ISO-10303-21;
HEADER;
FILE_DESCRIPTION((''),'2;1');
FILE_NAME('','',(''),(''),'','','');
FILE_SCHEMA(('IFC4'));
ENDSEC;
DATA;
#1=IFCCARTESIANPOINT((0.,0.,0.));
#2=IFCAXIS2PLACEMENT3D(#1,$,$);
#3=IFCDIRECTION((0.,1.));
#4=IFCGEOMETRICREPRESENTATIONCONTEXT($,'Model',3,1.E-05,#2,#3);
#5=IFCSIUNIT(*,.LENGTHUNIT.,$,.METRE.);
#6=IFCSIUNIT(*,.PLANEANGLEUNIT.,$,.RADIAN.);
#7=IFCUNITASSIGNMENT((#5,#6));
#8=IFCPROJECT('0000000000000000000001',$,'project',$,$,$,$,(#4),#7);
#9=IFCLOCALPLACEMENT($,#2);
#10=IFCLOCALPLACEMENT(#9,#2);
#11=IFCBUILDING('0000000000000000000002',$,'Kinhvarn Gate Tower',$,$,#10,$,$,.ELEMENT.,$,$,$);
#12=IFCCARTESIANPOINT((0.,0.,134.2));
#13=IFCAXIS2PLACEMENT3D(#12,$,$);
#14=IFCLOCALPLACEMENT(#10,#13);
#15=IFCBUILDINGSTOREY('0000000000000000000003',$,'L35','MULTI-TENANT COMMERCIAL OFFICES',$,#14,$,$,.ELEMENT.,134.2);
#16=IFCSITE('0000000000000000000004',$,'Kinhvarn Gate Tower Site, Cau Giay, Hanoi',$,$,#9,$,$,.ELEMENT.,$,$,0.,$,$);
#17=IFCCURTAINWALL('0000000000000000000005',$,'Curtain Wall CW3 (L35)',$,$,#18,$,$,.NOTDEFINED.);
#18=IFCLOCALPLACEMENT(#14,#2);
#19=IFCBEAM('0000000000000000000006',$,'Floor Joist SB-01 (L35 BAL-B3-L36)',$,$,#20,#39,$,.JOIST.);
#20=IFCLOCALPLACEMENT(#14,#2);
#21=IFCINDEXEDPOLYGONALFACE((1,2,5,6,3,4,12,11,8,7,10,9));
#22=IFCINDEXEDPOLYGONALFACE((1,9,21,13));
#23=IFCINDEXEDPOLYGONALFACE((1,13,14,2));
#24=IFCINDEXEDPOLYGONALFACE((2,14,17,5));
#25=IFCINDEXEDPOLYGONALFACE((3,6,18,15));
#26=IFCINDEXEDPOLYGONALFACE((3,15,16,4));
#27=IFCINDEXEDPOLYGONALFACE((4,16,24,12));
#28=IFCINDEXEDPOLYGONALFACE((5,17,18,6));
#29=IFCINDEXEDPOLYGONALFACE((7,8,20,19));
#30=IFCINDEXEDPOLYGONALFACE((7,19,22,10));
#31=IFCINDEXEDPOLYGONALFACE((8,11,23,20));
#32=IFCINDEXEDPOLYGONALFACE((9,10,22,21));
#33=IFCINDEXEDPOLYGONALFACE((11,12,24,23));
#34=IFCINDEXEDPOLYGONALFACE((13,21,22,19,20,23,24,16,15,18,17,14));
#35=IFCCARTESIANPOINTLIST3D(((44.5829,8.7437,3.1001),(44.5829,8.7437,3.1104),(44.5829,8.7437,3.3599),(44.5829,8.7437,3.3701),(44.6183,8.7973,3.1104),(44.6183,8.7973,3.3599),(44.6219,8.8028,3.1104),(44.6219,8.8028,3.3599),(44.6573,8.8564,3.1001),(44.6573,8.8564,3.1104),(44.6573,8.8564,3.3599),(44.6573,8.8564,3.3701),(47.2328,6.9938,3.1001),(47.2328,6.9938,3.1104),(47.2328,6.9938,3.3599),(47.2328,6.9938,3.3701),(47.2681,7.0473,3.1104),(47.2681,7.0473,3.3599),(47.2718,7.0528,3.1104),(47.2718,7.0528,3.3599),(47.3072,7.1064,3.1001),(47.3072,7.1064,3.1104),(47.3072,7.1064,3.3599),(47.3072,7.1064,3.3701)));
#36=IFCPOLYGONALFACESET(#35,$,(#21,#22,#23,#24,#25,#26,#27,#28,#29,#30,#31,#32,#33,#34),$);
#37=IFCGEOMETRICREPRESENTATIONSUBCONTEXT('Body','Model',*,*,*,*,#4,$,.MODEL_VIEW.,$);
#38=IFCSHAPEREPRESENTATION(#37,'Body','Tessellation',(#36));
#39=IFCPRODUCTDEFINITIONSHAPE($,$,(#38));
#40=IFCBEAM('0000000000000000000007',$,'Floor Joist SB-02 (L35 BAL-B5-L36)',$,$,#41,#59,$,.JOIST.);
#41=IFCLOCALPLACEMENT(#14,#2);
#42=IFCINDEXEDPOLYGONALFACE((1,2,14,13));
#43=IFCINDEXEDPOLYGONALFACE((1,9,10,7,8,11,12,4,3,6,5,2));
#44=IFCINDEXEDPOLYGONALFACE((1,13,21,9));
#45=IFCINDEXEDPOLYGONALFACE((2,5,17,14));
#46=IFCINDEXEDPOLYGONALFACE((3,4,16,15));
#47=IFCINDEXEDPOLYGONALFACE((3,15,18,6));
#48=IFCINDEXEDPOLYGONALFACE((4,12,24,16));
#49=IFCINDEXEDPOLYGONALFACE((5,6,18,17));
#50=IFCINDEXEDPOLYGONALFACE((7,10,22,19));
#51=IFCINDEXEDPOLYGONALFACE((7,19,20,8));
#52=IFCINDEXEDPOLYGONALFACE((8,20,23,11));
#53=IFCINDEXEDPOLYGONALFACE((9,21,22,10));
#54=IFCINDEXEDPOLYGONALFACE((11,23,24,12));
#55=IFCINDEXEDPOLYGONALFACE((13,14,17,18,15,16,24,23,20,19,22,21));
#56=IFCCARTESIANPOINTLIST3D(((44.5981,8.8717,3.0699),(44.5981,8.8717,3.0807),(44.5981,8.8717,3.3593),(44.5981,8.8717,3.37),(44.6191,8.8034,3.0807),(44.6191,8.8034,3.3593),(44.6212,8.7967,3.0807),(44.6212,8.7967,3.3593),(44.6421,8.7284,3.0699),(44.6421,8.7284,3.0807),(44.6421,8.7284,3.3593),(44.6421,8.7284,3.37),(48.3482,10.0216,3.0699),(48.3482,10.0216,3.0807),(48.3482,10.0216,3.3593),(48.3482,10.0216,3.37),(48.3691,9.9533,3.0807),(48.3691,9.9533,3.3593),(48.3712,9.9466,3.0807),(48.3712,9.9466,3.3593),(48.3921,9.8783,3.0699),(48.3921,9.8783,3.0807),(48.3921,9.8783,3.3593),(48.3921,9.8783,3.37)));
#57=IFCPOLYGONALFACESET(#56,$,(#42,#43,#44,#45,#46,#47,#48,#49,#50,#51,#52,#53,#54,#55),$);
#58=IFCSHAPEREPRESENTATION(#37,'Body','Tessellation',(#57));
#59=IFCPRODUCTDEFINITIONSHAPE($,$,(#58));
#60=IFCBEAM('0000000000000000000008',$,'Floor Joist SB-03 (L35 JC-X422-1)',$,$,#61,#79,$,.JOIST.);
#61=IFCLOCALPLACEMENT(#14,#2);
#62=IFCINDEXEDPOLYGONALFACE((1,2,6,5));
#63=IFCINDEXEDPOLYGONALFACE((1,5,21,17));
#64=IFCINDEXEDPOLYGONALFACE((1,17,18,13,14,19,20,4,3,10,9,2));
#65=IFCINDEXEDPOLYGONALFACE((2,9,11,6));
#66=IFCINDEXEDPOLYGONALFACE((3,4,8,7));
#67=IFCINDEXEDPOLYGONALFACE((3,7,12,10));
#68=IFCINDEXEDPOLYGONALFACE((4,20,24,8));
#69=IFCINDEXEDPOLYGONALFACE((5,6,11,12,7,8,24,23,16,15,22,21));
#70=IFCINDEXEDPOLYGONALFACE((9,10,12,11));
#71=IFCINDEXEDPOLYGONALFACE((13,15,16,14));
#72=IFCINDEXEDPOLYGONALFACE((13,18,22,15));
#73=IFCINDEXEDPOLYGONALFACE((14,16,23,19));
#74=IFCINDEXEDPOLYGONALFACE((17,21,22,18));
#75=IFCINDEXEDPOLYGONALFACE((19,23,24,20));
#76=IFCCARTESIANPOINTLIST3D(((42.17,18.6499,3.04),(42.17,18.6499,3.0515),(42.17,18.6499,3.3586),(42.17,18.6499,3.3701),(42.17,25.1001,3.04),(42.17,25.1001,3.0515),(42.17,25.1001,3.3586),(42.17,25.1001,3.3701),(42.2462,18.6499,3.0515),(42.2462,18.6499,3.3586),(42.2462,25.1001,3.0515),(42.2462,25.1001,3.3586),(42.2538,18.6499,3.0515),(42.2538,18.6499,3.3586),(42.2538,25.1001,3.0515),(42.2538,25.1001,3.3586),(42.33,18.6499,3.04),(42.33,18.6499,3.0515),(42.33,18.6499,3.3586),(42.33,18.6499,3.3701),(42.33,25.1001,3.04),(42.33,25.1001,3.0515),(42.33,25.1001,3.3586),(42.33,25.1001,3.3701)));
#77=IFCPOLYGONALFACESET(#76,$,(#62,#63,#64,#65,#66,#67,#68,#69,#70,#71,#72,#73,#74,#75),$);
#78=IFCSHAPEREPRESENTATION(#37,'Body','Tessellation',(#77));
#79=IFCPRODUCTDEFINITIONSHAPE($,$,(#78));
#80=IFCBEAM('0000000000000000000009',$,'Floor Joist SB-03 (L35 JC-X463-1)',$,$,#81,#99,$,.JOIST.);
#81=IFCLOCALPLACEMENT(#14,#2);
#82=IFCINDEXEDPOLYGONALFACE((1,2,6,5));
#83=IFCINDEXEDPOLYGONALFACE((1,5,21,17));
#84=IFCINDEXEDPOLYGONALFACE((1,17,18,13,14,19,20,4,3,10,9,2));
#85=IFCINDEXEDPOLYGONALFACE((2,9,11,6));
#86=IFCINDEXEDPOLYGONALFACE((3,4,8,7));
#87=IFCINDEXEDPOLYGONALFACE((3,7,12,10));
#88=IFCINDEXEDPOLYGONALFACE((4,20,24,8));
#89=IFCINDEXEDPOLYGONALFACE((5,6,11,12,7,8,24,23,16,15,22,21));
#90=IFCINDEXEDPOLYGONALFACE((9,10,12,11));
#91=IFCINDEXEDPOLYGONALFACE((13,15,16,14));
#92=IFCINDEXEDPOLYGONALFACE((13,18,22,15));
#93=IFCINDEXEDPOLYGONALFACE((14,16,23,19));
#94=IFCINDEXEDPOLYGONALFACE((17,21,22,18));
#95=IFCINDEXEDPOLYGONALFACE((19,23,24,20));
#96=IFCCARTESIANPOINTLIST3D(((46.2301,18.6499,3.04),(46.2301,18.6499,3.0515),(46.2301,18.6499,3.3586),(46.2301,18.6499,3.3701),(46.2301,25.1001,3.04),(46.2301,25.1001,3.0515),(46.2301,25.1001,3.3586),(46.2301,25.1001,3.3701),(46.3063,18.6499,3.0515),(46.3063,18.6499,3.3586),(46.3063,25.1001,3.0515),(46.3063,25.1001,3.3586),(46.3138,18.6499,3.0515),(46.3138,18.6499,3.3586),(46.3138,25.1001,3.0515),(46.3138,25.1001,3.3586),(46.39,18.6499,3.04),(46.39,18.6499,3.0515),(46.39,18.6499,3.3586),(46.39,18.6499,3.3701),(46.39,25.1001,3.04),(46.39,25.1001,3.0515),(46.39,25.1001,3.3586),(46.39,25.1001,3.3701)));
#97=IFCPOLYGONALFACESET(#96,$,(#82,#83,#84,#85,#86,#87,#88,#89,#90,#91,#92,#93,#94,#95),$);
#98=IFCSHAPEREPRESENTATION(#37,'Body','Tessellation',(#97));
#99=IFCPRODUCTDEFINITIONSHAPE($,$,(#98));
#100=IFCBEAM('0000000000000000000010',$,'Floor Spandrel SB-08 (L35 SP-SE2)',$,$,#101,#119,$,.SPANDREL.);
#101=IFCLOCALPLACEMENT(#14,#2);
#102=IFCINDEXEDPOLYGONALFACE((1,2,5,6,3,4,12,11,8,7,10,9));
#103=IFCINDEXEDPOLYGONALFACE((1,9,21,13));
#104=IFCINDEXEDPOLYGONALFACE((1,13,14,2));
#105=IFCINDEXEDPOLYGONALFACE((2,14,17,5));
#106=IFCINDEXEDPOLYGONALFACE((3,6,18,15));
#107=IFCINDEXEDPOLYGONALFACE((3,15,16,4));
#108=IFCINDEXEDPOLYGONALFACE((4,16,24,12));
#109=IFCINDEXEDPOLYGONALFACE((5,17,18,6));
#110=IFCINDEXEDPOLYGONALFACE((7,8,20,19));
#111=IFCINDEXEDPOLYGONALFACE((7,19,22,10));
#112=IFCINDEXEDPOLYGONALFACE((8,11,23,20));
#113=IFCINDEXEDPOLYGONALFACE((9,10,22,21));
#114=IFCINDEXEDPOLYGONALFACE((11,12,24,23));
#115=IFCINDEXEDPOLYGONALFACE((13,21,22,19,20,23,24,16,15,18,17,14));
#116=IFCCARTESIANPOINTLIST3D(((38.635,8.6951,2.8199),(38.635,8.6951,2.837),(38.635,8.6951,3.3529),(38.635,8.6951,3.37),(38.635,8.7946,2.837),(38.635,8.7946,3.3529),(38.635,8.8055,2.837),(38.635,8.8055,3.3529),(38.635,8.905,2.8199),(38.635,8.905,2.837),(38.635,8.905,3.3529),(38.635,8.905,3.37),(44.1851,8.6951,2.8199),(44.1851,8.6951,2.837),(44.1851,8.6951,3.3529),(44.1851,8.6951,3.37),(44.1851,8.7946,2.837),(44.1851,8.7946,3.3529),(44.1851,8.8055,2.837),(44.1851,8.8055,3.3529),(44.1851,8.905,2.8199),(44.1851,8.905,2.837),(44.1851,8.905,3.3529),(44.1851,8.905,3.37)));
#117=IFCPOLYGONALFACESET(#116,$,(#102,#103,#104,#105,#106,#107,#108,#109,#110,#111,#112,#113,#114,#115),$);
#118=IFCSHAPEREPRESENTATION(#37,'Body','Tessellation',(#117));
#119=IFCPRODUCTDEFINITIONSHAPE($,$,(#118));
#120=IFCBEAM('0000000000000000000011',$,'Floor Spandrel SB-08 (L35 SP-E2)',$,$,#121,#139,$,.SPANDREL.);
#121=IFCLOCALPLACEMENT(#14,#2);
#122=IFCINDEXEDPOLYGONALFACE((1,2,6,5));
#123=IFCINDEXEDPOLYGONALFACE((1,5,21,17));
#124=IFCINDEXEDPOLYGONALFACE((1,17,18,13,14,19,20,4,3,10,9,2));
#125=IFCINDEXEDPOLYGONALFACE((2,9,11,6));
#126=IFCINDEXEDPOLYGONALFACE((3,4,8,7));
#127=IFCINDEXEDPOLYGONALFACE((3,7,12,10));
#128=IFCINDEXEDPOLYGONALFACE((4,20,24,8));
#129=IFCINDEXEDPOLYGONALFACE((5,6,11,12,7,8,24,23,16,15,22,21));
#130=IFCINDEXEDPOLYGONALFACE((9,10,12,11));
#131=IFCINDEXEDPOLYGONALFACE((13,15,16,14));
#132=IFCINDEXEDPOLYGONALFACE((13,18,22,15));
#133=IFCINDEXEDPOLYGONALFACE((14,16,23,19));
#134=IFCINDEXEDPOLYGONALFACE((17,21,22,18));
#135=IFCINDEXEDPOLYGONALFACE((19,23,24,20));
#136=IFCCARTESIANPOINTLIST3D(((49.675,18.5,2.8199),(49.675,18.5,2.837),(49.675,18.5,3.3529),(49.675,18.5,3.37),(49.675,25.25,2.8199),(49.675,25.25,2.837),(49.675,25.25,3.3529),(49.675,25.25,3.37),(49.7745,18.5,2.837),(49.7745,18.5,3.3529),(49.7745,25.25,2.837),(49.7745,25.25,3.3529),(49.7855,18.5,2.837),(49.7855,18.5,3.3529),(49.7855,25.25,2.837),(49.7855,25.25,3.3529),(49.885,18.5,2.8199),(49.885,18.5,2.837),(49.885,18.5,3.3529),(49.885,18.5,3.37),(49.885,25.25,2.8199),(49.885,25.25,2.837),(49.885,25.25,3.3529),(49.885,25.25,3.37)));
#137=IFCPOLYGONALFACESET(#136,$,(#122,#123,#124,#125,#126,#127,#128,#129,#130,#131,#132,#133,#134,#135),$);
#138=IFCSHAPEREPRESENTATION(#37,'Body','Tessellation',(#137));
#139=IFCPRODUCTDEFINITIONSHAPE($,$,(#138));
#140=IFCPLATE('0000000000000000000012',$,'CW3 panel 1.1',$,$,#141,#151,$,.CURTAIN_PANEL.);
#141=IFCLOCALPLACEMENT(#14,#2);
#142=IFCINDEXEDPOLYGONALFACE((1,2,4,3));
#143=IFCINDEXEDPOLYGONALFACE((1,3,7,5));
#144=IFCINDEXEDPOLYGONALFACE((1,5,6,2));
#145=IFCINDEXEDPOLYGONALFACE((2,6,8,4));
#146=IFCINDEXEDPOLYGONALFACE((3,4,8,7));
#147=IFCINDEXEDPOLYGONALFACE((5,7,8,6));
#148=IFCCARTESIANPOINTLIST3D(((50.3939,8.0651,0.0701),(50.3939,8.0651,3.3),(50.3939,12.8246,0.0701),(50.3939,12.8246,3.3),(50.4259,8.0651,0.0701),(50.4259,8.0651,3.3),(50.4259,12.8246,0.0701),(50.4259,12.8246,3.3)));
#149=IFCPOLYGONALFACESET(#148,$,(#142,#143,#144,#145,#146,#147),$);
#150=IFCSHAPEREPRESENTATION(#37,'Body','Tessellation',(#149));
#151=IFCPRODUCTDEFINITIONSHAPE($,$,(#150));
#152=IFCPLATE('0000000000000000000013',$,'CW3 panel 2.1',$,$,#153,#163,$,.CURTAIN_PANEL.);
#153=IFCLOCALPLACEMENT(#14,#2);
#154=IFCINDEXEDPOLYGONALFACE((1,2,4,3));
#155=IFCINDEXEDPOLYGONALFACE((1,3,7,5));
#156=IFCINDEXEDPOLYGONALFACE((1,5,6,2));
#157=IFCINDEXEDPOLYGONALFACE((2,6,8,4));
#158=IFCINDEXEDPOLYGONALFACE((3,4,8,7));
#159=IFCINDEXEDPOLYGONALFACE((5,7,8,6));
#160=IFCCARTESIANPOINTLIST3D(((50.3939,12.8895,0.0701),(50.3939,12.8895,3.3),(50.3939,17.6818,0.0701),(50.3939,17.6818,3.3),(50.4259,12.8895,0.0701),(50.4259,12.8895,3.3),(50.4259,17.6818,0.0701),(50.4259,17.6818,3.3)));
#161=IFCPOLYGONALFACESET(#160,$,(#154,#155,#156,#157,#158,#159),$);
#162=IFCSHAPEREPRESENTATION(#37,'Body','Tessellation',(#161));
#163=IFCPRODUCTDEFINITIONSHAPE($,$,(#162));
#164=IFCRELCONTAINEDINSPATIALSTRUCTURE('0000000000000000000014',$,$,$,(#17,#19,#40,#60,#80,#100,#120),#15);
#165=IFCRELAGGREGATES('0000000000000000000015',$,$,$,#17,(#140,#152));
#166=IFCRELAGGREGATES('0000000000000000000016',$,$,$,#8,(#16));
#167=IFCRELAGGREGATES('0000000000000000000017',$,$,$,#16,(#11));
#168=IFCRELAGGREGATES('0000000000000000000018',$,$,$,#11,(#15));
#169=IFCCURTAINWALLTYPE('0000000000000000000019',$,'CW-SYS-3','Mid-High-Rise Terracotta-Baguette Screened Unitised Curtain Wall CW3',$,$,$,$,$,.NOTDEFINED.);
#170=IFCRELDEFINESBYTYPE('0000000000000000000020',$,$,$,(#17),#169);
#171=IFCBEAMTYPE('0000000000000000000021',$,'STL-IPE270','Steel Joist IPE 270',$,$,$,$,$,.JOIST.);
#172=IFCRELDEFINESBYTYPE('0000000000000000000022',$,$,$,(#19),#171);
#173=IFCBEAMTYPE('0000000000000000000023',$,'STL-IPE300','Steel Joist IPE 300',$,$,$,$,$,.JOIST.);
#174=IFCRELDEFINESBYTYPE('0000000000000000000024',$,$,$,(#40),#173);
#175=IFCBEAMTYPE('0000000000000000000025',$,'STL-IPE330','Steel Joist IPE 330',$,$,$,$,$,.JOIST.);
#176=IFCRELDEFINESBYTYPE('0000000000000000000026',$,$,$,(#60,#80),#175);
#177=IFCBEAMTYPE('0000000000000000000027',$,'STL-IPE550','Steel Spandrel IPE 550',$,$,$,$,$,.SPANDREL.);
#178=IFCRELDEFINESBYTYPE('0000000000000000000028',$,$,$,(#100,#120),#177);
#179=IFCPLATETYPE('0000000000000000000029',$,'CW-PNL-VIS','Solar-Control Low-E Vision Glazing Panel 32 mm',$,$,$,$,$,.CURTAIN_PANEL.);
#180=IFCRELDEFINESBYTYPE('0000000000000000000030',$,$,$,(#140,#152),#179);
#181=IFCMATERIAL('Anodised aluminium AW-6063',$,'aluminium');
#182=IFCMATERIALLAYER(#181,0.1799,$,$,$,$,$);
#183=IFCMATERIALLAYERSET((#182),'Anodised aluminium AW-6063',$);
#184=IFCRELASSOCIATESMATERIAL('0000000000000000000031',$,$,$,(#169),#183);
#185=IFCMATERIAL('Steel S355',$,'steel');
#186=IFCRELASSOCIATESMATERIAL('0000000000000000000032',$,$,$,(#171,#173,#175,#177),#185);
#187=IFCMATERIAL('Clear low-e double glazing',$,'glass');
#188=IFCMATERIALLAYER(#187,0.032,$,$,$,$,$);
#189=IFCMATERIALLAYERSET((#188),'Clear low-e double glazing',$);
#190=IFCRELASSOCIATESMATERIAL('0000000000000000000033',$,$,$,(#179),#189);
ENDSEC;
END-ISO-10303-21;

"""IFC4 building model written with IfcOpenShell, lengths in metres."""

from ifc_helpers import new_model, si_unit, direction, frame, origin, origin_2d, place, context, subcontext, project, spatial, rectangle, i_section, extrude, material, layer, layer_set, material_profile, profile_set, type_object, element, aggregate, save


model = new_model("IFC4")

# Units and contexts
model_context = context("Model", 3, precision=1e-05, world=origin(), true_north=direction((0.0, 1.0)))
body_context = subcontext(model_context, "Body", "Model", "MODEL_VIEW")
ifc_project = project(units=[si_unit("LENGTHUNIT", "METRE"), si_unit("PLANEANGLEUNIT", "RADIAN")], contexts=[model_context])

# Site, building, storey
site_placement = place(None, origin())
site = spatial("IfcSite", under=ifc_project, at=site_placement, Name="Kinhvarn Gate Tower Site, Cau Giay, Hanoi", CompositionType="ELEMENT", RefElevation=0.0)
building_placement = place(site_placement, origin())
building = spatial("IfcBuilding", under=site, at=building_placement, Name="Kinhvarn Gate Tower", CompositionType="ELEMENT")
storey_placement = place(building_placement, frame((0.0, 0.0, 134.2)))
storey = spatial("IfcBuildingStorey", under=building, at=storey_placement, Name="L35", Description="MULTI-TENANT COMMERCIAL OFFICES", CompositionType="ELEMENT", Elevation=134.2)

# Curtain wall
ifc_material_1 = material(Name="Anodised aluminium AW-6063", Category="aluminium")
ifc_layer_1 = layer(ifc_material_1, 0.1799)
ifc_layer_set_1 = layer_set([ifc_layer_1], Name="Anodised aluminium AW-6063")
curtain_wall_type = type_object("IfcCurtainWallType", Name="CW-SYS-3", Description="Mid-High-Rise Terracotta-Baguette Screened Unitised Curtain Wall CW3", PredefinedType="NOTDEFINED", material=ifc_layer_set_1)
curtain_wall_placement = place(storey_placement, origin())
curtain_wall = element("IfcCurtainWall", 1, at=curtain_wall_placement, inside=storey, type_object=curtain_wall_type, Name="Curtain Wall CW3 (L35)", PredefinedType="NOTDEFINED")

# Beams
ifc_material_2 = material(Name="Steel S355", Category="steel")
ifc_material_profile_1 = material_profile(ifc_material_2, i_section(OverallWidth=0.135, OverallDepth=0.27, WebThickness=0.0066, FlangeThickness=0.0103, at=origin_2d()), Name="IPE 270")
ifc_profile_set_1 = profile_set([ifc_material_profile_1], Name="Steel S355")
beam_type_1 = type_object("IfcBeamType", Name="STL-IPE270", Description="Steel Joist IPE 270", PredefinedType="JOIST", material=ifc_profile_set_1)
beam_1_placement = place(storey_placement, frame((44.6201, 8.8, 3.2351), z_axis=(0.834455, -0.551076, 0.0), x_axis=(0.551076, 0.834455, 0.0)))
element("IfcBeam", 2, at=beam_1_placement, inside=storey, type_object=beam_type_1, Name="Floor Joist SB-01 (L35 BAL-B3-L36)", PredefinedType="JOIST", context=body_context, shape_type="SweptSolid", body=[
    extrude(i_section(OverallWidth=0.135, OverallDepth=0.27, WebThickness=0.0066, FlangeThickness=0.0103, at=origin_2d()), origin(), (0.0, 0.0, 1.0), 3.1755),
])
ifc_material_profile_2 = material_profile(ifc_material_2, i_section(OverallWidth=0.1499, OverallDepth=0.3, WebThickness=0.0071, FlangeThickness=0.0107, at=origin_2d()), Name="IPE 300")
ifc_profile_set_2 = profile_set([ifc_material_profile_2], Name="Steel S355")
beam_type_2 = type_object("IfcBeamType", Name="STL-IPE300", Description="Steel Joist IPE 300", PredefinedType="JOIST", material=ifc_profile_set_2)
beam_2_placement = place(storey_placement, frame((44.6201, 8.8, 3.22), z_axis=(0.956061, 0.293167, 0.0), x_axis=(-0.293167, 0.956061, 0.0)))
element("IfcBeam", 3, at=beam_2_placement, inside=storey, type_object=beam_type_2, Name="Floor Joist SB-02 (L35 BAL-B5-L36)", PredefinedType="JOIST", context=body_context, shape_type="SweptSolid", body=[
    extrude(i_section(OverallWidth=0.1499, OverallDepth=0.3, WebThickness=0.0071, FlangeThickness=0.0107, at=origin_2d()), origin(), (0.0, 0.0, 1.0), 3.9224),
])
ifc_material_profile_3 = material_profile(ifc_material_2, i_section(OverallWidth=0.1599, OverallDepth=0.3301, WebThickness=0.0076, FlangeThickness=0.0115, at=origin_2d()), Name="IPE 330")
ifc_profile_set_3 = profile_set([ifc_material_profile_3], Name="Steel S355")
beam_type_3 = type_object("IfcBeamType", Name="STL-IPE330", Description="Steel Joist IPE 330", PredefinedType="JOIST", material=ifc_profile_set_3)
for number, where, z_axis, x_axis, name in (
    (4, (42.25, 18.6499, 3.2051), (0.0, 1.0, 0.0), (-1.0, 0.0, 0.0), "Floor Joist SB-03 (L35 JC-X422-1)"),
    (5, (46.3101, 18.6499, 3.2051), (0.0, 1.0, 0.0), (-1.0, 0.0, 0.0), "Floor Joist SB-03 (L35 JC-X463-1)"),
):
    element("IfcBeam", number, at=place(storey_placement, frame(where, z_axis=z_axis, x_axis=x_axis)), inside=storey, type_object=beam_type_3, Name=name, PredefinedType="JOIST", context=body_context, shape_type="SweptSolid", body=[
        extrude(i_section(OverallWidth=0.1599, OverallDepth=0.3301, WebThickness=0.0076, FlangeThickness=0.0115, at=origin_2d()), origin(), (0.0, 0.0, 1.0), 6.4502),
    ])
ifc_material_profile_4 = material_profile(ifc_material_2, i_section(OverallWidth=0.21, OverallDepth=0.55, WebThickness=0.011, FlangeThickness=0.0171, at=origin_2d()), Name="IPE 550")
ifc_profile_set_4 = profile_set([ifc_material_profile_4], Name="Steel S355")
beam_type_4 = type_object("IfcBeamType", Name="STL-IPE550", Description="Steel Spandrel IPE 550", PredefinedType="SPANDREL", material=ifc_profile_set_4)
beam_3_placement = place(storey_placement, frame((38.635, 8.8, 3.095), z_axis=(1.0, 0.0, 0.0), x_axis=(0.0, 1.0, 0.0)))
element("IfcBeam", 6, at=beam_3_placement, inside=storey, type_object=beam_type_4, Name="Floor Spandrel SB-08 (L35 SP-SE2)", PredefinedType="SPANDREL", context=body_context, shape_type="SweptSolid", body=[
    extrude(i_section(OverallWidth=0.21, OverallDepth=0.55, WebThickness=0.011, FlangeThickness=0.0171, at=origin_2d()), origin(), (0.0, 0.0, 1.0), 5.55),
])
beam_4_placement = place(storey_placement, frame((49.78, 18.5, 3.095), z_axis=(0.0, 1.0, 0.0), x_axis=(-1.0, 0.0, 0.0)))
element("IfcBeam", 7, at=beam_4_placement, inside=storey, type_object=beam_type_4, Name="Floor Spandrel SB-08 (L35 SP-E2)", PredefinedType="SPANDREL", context=body_context, shape_type="SweptSolid", body=[
    extrude(i_section(OverallWidth=0.21, OverallDepth=0.55, WebThickness=0.011, FlangeThickness=0.0171, at=origin_2d()), origin(), (0.0, 0.0, 1.0), 6.75),
])

# Plates
ifc_material_3 = material(Name="Clear low-e double glazing", Category="glass")
ifc_layer_2 = layer(ifc_material_3, 0.032)
ifc_layer_set_2 = layer_set([ifc_layer_2], Name="Clear low-e double glazing")
plate_type = type_object("IfcPlateType", Name="CW-PNL-VIS", Description="Solar-Control Low-E Vision Glazing Panel 32 mm", PredefinedType="CURTAIN_PANEL", material=ifc_layer_set_2)
plate_1_placement = place(storey_placement, frame((50.4099, 10.4448, 0.0701), z_axis=(0.0, 0.0, 1.0), x_axis=(0.0, 1.0, 0.0)))
plate_1 = element("IfcPlate", 8, at=plate_1_placement, type_object=plate_type, Name="CW3 panel 1.1", PredefinedType="CURTAIN_PANEL", context=body_context, shape_type="SweptSolid", body=[
    extrude(rectangle(XDim=4.7595, YDim=0.032, at=origin_2d()), origin(), (0.0, 0.0, 1.0), 3.23),
])
plate_2_placement = place(storey_placement, frame((50.4099, 15.2856, 0.0701), z_axis=(0.0, 0.0, 1.0), x_axis=(0.0, 1.0, 0.0)))
plate_2 = element("IfcPlate", 9, at=plate_2_placement, type_object=plate_type, Name="CW3 panel 2.1", PredefinedType="CURTAIN_PANEL", context=body_context, shape_type="SweptSolid", body=[
    extrude(rectangle(XDim=4.7922, YDim=0.032, at=origin_2d()), origin(), (0.0, 0.0, 1.0), 3.23),
])
aggregate(curtain_wall, [plate_1, plate_2])

save(model, "model.ifc")
